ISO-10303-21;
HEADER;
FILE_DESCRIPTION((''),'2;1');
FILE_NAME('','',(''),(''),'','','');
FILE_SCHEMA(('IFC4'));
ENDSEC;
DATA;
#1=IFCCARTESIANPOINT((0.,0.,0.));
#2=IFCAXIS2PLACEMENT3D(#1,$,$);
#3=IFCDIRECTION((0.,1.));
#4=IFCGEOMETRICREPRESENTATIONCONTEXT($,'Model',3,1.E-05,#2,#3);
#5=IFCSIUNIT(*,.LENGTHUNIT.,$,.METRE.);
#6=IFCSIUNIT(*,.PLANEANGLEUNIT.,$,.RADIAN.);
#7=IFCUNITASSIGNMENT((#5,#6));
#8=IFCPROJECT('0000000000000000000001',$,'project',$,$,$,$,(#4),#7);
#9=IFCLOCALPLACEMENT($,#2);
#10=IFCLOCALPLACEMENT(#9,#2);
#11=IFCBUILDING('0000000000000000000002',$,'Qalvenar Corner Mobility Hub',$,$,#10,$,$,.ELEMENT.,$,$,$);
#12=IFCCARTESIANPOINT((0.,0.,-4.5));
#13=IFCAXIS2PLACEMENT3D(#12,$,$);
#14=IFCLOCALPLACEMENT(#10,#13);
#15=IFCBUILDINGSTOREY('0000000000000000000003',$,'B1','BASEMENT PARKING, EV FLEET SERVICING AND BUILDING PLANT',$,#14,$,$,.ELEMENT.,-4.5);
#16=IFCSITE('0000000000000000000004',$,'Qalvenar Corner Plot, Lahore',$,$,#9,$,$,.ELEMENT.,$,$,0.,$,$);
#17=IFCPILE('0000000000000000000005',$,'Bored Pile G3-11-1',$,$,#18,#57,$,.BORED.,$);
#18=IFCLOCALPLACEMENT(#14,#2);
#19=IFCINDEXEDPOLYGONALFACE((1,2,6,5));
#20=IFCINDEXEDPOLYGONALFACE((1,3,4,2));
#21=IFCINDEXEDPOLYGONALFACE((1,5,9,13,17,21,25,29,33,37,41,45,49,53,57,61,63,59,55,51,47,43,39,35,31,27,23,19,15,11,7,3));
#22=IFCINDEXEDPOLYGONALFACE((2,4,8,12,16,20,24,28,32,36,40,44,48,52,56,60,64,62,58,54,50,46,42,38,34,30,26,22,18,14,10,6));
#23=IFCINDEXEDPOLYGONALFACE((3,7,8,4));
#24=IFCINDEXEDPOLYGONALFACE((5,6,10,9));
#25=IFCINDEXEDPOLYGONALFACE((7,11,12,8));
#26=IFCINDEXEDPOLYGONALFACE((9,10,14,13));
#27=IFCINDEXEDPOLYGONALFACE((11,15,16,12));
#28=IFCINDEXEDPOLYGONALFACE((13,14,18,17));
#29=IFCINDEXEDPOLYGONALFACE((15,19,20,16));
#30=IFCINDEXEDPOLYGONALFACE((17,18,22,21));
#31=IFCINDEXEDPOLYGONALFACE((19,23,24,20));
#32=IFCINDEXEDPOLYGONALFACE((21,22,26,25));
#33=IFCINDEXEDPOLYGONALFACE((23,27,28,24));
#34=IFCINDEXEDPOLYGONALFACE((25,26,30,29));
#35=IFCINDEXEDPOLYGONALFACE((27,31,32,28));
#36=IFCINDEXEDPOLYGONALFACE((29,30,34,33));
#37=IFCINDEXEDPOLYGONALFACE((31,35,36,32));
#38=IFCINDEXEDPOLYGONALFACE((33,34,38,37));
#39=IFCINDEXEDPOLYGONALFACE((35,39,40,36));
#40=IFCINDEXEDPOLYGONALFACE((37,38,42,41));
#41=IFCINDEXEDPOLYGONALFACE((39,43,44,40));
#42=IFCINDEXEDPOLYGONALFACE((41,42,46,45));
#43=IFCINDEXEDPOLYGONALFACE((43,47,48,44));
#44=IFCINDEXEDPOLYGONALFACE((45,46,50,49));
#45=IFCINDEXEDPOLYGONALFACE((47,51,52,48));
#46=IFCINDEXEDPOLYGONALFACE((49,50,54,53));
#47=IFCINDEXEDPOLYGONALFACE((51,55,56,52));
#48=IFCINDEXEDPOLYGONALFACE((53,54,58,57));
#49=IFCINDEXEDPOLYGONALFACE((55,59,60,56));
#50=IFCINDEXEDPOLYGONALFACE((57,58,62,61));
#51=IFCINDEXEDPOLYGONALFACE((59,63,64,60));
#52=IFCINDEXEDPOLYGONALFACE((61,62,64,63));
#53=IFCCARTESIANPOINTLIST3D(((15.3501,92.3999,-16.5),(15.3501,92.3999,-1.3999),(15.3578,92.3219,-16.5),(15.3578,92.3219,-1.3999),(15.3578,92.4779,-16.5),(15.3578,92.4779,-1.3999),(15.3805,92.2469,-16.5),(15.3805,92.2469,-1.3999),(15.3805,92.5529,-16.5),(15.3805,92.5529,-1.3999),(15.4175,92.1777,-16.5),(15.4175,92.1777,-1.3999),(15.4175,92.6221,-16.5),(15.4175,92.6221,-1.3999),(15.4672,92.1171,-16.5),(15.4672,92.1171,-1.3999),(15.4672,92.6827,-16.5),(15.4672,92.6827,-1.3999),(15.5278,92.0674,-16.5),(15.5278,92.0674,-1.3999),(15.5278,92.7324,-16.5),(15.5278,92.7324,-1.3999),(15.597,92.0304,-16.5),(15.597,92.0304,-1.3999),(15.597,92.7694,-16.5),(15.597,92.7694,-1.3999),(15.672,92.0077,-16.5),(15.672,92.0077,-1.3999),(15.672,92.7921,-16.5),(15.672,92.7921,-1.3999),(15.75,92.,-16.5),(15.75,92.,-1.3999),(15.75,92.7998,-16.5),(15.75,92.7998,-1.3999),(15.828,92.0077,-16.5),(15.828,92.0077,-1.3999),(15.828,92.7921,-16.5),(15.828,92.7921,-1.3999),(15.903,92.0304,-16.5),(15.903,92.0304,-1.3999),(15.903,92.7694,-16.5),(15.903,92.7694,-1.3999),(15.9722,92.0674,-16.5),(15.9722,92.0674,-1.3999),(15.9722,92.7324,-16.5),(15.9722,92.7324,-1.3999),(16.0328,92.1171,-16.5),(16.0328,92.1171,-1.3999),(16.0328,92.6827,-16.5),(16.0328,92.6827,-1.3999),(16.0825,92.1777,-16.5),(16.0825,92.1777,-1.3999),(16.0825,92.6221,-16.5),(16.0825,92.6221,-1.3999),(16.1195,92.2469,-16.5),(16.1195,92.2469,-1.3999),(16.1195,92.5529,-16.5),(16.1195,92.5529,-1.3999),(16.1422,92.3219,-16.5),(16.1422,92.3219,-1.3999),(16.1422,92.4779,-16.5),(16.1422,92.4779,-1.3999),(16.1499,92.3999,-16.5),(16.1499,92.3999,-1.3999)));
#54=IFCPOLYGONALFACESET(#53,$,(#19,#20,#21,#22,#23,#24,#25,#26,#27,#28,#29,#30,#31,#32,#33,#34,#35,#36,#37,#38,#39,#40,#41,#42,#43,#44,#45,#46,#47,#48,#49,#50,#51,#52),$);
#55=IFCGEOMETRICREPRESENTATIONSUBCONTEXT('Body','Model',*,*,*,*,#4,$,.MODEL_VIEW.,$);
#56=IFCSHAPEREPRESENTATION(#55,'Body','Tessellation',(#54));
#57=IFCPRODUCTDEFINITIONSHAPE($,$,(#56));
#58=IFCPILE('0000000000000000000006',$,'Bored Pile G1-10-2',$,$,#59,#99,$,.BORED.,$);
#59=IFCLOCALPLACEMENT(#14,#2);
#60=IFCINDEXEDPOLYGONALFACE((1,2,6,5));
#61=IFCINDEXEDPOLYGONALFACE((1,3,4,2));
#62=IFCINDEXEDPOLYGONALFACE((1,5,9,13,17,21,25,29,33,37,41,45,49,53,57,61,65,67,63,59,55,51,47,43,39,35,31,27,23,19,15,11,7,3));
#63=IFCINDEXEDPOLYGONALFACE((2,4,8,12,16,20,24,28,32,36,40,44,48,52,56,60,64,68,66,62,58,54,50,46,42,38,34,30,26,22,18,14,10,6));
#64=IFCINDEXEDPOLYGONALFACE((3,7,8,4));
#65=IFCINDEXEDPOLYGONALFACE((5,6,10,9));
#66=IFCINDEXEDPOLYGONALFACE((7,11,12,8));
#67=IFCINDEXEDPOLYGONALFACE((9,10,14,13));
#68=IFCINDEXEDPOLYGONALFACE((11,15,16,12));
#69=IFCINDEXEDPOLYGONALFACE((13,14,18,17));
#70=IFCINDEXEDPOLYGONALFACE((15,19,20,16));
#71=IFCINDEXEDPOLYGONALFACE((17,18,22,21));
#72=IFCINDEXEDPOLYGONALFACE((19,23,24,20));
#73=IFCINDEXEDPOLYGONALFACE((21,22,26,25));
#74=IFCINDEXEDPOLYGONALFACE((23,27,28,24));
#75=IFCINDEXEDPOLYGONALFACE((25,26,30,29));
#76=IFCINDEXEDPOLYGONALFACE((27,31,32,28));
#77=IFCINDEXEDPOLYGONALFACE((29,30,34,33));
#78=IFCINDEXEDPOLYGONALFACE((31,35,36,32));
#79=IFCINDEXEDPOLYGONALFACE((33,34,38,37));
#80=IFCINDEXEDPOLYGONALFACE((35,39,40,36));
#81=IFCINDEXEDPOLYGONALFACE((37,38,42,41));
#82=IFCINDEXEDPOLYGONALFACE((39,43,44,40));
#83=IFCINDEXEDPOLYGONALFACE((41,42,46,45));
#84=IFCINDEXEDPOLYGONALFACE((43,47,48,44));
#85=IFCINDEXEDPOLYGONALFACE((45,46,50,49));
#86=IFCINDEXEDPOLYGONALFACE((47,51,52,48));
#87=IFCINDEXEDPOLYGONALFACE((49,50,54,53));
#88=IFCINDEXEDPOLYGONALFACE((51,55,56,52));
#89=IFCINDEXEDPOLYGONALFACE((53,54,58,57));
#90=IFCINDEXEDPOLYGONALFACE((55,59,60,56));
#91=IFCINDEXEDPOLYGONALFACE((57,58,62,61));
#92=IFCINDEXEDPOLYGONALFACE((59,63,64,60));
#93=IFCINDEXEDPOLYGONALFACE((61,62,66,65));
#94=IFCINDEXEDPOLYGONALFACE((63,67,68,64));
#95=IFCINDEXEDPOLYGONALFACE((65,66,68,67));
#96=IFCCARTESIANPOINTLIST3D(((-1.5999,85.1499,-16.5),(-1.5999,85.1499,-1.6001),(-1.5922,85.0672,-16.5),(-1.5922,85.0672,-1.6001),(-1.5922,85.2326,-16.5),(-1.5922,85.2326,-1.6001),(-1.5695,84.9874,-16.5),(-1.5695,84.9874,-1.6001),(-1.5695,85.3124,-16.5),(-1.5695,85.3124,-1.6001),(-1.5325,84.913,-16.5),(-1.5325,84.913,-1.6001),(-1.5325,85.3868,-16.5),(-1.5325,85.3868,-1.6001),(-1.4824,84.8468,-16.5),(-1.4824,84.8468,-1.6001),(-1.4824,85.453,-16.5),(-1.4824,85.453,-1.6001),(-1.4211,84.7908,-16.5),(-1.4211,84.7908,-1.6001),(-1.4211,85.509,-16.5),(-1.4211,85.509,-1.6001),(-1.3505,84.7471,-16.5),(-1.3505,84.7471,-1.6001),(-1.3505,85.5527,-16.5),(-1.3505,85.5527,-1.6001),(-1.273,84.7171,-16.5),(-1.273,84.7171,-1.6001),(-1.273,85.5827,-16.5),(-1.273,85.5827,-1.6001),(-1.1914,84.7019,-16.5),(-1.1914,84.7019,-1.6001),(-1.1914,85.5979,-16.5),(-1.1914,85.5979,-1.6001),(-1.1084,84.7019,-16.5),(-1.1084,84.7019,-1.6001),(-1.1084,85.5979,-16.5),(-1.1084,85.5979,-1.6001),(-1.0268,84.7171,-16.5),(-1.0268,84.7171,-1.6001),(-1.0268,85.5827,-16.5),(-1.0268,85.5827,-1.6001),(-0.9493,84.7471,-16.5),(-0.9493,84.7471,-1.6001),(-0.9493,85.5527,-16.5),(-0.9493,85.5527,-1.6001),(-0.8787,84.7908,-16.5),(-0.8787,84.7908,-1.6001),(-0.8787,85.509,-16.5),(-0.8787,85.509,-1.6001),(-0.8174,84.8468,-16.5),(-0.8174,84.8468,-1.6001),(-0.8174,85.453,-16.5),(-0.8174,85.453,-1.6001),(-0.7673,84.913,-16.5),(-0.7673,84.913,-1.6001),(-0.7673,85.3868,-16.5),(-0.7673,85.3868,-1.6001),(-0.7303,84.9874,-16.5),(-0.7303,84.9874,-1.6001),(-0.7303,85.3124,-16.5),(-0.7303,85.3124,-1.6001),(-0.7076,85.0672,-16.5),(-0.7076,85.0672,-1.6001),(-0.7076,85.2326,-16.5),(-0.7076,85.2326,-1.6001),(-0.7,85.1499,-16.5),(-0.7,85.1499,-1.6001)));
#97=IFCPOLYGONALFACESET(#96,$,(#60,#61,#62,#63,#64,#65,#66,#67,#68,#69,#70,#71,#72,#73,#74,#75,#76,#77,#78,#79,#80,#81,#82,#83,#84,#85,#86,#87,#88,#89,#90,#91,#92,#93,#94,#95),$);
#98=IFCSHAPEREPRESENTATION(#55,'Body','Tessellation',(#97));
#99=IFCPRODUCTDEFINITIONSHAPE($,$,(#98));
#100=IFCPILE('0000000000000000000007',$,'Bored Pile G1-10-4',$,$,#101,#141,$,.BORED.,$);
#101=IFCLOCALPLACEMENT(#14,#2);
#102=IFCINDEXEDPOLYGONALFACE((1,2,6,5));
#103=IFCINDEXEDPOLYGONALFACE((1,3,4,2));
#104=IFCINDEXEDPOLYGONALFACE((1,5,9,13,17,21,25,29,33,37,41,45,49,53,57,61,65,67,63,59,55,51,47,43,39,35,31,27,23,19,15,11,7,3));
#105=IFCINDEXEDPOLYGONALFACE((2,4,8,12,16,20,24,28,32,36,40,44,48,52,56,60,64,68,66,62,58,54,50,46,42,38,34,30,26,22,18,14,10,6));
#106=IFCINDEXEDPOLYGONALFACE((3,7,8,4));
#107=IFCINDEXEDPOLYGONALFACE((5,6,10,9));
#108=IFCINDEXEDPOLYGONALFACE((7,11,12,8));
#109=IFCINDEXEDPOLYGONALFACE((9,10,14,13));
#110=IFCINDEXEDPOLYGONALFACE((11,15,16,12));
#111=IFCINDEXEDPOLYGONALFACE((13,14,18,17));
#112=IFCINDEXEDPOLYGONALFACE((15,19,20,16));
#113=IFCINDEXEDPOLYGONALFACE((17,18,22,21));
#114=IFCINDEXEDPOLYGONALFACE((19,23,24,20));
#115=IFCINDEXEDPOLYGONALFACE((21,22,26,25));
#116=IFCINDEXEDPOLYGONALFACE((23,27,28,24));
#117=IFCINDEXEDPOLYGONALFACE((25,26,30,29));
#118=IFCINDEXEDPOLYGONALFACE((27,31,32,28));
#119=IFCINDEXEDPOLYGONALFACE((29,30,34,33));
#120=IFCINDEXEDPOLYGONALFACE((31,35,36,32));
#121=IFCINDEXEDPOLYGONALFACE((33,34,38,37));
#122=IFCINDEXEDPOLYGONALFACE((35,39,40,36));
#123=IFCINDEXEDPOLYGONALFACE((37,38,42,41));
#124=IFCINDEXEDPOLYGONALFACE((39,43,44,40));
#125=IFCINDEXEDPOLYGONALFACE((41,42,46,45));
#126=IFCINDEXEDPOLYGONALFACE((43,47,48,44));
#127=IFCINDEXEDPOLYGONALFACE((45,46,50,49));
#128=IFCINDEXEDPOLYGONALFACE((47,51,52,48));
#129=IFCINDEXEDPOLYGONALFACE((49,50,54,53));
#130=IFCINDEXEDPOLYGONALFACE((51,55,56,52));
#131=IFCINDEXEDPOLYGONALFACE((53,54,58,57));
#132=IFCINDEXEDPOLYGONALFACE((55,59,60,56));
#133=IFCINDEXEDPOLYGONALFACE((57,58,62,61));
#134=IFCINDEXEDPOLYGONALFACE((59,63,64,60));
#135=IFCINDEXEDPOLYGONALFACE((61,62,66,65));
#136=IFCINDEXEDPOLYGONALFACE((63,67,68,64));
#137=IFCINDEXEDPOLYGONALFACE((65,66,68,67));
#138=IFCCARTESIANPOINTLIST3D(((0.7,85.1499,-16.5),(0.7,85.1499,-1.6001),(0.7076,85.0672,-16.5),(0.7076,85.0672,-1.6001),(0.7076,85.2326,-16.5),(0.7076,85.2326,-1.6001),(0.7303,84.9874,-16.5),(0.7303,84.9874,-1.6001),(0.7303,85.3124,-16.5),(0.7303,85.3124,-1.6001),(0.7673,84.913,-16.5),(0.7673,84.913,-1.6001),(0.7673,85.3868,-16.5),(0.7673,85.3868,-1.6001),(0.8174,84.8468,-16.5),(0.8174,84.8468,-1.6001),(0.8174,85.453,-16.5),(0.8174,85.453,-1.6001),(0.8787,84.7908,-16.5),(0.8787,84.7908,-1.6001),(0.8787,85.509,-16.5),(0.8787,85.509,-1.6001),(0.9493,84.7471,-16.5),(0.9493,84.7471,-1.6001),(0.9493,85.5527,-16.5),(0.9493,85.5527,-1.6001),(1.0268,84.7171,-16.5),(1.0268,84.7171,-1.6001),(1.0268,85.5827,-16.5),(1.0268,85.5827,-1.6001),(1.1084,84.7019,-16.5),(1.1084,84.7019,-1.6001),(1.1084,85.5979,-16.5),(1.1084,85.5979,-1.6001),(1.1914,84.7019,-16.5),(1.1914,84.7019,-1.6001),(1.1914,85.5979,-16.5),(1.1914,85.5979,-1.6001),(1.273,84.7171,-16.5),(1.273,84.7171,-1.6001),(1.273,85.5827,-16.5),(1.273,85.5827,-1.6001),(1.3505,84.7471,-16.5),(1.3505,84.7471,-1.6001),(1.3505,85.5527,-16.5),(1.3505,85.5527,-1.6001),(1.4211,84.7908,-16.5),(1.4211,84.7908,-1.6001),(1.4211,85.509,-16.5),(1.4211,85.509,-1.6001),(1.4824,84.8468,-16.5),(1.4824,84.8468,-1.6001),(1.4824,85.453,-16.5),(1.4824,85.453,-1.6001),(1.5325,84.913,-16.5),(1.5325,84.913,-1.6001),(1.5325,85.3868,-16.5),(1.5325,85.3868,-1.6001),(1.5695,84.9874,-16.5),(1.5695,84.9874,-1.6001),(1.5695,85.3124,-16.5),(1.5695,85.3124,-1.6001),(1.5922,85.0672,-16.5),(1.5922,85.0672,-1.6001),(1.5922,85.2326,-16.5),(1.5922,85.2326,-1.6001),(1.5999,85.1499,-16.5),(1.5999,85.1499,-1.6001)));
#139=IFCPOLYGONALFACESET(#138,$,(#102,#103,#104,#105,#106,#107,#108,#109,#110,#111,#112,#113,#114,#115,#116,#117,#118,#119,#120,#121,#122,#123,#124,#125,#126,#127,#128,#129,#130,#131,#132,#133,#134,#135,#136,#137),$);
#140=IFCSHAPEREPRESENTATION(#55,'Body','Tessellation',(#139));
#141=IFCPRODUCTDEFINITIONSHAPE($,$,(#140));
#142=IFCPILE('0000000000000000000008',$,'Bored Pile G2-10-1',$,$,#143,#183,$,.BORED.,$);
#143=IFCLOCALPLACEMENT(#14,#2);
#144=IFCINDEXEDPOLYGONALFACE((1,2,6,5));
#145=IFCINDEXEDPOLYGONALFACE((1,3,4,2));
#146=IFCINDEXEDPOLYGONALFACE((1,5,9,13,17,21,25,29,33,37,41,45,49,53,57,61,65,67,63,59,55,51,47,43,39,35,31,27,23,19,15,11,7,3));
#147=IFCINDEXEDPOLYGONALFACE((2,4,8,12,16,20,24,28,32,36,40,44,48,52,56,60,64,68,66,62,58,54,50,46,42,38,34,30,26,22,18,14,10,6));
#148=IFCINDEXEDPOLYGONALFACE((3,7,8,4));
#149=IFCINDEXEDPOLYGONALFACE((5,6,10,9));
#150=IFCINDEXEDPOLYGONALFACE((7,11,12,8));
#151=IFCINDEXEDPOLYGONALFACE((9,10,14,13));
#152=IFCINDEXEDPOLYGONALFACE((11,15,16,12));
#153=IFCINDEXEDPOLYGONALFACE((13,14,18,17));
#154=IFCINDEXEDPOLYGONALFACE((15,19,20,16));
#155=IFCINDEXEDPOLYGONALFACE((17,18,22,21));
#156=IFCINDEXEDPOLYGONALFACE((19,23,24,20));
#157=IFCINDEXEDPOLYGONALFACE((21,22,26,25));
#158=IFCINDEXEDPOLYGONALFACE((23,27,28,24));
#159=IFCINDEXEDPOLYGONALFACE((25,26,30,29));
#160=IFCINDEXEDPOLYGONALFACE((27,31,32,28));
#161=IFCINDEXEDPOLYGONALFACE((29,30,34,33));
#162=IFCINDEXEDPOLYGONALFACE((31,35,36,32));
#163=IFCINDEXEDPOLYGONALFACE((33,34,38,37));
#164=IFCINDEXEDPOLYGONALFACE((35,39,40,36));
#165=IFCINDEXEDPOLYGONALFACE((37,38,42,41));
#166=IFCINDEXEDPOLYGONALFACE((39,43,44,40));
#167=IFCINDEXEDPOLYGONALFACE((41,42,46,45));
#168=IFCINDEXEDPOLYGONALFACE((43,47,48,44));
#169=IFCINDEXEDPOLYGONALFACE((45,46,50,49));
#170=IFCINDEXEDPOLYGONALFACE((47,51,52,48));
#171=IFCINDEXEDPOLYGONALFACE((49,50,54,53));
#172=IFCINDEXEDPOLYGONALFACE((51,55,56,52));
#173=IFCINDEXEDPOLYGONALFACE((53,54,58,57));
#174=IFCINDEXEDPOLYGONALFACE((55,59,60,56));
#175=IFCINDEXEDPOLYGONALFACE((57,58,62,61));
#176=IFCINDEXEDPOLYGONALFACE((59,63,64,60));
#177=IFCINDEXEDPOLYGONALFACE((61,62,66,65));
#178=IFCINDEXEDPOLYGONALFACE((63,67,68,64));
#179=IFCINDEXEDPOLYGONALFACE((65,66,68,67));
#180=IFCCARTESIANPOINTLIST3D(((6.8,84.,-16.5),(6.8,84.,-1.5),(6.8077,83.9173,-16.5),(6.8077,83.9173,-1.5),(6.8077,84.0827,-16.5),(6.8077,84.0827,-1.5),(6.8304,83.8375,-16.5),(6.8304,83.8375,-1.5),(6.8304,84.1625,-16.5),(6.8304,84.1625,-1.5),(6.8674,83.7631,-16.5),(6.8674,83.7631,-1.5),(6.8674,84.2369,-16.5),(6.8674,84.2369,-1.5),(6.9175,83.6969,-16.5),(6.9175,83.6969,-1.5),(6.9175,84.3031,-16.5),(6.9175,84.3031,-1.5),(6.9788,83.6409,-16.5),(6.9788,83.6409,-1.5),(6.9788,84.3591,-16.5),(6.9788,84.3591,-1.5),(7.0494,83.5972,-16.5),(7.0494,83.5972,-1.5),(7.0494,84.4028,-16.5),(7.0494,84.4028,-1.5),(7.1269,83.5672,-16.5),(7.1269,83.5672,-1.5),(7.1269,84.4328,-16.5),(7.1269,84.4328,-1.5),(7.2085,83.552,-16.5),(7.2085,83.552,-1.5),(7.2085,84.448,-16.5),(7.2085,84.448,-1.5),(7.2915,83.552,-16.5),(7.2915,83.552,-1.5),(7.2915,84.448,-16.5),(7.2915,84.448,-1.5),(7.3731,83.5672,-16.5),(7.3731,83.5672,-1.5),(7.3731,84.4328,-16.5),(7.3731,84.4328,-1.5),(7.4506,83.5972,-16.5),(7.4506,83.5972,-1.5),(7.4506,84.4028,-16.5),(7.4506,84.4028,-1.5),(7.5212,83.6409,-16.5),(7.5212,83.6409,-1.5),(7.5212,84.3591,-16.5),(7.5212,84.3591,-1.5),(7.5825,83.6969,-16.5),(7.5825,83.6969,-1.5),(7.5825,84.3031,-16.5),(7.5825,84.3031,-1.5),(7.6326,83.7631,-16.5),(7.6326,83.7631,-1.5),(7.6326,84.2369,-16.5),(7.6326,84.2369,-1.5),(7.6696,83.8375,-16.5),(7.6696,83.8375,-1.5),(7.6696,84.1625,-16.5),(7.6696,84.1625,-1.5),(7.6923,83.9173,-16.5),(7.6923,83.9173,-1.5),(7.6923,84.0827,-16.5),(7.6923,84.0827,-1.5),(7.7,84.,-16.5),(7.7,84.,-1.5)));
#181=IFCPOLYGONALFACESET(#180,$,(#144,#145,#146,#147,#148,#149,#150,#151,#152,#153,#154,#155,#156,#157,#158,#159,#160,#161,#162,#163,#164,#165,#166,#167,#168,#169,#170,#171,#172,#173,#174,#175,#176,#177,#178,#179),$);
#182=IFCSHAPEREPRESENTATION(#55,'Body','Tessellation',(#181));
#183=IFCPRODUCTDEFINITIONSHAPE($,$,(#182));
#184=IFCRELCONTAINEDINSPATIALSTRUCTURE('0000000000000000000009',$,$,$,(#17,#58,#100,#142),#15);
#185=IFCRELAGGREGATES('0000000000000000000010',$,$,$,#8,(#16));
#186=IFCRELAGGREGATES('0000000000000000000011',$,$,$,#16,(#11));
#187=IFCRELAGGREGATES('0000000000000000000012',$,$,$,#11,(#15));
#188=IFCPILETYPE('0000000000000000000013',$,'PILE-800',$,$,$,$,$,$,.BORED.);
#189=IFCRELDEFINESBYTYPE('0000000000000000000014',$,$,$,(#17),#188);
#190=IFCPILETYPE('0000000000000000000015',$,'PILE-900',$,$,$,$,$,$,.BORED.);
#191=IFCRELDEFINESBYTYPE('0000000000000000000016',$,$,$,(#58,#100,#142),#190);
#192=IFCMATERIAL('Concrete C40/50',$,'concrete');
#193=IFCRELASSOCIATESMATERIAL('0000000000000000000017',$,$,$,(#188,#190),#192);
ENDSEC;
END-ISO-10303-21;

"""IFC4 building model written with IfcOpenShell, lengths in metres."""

from ifc_helpers import new_model, si_unit, direction, frame, origin, origin_2d, place, context, subcontext, project, spatial, circle, extrude, material, material_profile, profile_set, type_object, element, save


model = new_model("IFC4")

# Units and contexts
model_context = context("Model", 3, precision=1e-05, world=origin(), true_north=direction((0.0, 1.0)))
body_context = subcontext(model_context, "Body", "Model", "MODEL_VIEW")
ifc_project = project(units=[si_unit("LENGTHUNIT", "METRE"), si_unit("PLANEANGLEUNIT", "RADIAN")], contexts=[model_context])

# Site, building, storey
site_placement = place(None, origin())
site = spatial("IfcSite", under=ifc_project, at=site_placement, Name="Qalvenar Corner Plot, Lahore", CompositionType="ELEMENT", RefElevation=0.0)
building_placement = place(site_placement, origin())
building = spatial("IfcBuilding", under=site, at=building_placement, Name="Qalvenar Corner Mobility Hub", CompositionType="ELEMENT")
storey_placement = place(building_placement, frame((0.0, 0.0, -4.5)))
storey = spatial("IfcBuildingStorey", under=building, at=storey_placement, Name="B1", Description="BASEMENT PARKING, EV FLEET SERVICING AND BUILDING PLANT", CompositionType="ELEMENT", Elevation=-4.5)

# Shared definitions
ifc_material_1 = material(Name="Concrete C40/50", Category="concrete")

# Piles
ifc_material_profile_1 = material_profile(ifc_material_1, circle(Radius=0.3999, at=origin_2d()), Name="DIA800")
ifc_profile_set_1 = profile_set([ifc_material_profile_1], Name="Concrete C40/50")
pile_type_1 = type_object("IfcPileType", Name="PILE-800", PredefinedType="BORED", material=ifc_profile_set_1)
for number, where, z_axis, x_axis, name in (
    (1, (15.75, 92.3999, -1.3999), (0.0, 0.0, -1.0), (1.0, 0.0, 0.0), "Bored Pile G3-11-1"),
):
    element("IfcPile", number, at=place(storey_placement, frame(where, z_axis=z_axis, x_axis=x_axis)), inside=storey, type_object=pile_type_1, Name=name, PredefinedType="BORED", context=body_context, shape_type="SweptSolid", body=[
        extrude(circle(Radius=0.3999, at=origin_2d()), origin(), (0.0, 0.0, 1.0), 15.1001),
    ])
ifc_material_profile_2 = material_profile(ifc_material_1, circle(Radius=0.45, at=origin_2d()), Name="DIA900")
ifc_profile_set_2 = profile_set([ifc_material_profile_2], Name="Concrete C40/50")
pile_type_2 = type_object("IfcPileType", Name="PILE-900", PredefinedType="BORED", material=ifc_profile_set_2)
for number, where, z_axis, x_axis, name in (
    (2, (-1.1499, 85.1499, -1.6001), (0.0, 0.0, -1.0), (1.0, 0.0, 0.0), "Bored Pile G1-10-2"),
    (3, (1.1499, 85.1499, -1.6001), (0.0, 0.0, -1.0), (1.0, 0.0, 0.0), "Bored Pile G1-10-4"),
):
    element("IfcPile", number, at=place(storey_placement, frame(where, z_axis=z_axis, x_axis=x_axis)), inside=storey, type_object=pile_type_2, Name=name, PredefinedType="BORED", context=body_context, shape_type="SweptSolid", body=[
        extrude(circle(Radius=0.45, at=origin_2d()), origin(), (0.0, 0.0, 1.0), 14.8999),
    ])
for number, where, z_axis, x_axis, name in (
    (4, (7.25, 84.0, -1.5), (0.0, 0.0, -1.0), (1.0, 0.0, 0.0), "Bored Pile G2-10-1"),
):
    element("IfcPile", number, at=place(storey_placement, frame(where, z_axis=z_axis, x_axis=x_axis)), inside=storey, type_object=pile_type_2, Name=name, PredefinedType="BORED", context=body_context, shape_type="SweptSolid", body=[
        extrude(circle(Radius=0.45, at=origin_2d()), origin(), (0.0, 0.0, 1.0), 15.0),
    ])

save(model, "model.ifc")
